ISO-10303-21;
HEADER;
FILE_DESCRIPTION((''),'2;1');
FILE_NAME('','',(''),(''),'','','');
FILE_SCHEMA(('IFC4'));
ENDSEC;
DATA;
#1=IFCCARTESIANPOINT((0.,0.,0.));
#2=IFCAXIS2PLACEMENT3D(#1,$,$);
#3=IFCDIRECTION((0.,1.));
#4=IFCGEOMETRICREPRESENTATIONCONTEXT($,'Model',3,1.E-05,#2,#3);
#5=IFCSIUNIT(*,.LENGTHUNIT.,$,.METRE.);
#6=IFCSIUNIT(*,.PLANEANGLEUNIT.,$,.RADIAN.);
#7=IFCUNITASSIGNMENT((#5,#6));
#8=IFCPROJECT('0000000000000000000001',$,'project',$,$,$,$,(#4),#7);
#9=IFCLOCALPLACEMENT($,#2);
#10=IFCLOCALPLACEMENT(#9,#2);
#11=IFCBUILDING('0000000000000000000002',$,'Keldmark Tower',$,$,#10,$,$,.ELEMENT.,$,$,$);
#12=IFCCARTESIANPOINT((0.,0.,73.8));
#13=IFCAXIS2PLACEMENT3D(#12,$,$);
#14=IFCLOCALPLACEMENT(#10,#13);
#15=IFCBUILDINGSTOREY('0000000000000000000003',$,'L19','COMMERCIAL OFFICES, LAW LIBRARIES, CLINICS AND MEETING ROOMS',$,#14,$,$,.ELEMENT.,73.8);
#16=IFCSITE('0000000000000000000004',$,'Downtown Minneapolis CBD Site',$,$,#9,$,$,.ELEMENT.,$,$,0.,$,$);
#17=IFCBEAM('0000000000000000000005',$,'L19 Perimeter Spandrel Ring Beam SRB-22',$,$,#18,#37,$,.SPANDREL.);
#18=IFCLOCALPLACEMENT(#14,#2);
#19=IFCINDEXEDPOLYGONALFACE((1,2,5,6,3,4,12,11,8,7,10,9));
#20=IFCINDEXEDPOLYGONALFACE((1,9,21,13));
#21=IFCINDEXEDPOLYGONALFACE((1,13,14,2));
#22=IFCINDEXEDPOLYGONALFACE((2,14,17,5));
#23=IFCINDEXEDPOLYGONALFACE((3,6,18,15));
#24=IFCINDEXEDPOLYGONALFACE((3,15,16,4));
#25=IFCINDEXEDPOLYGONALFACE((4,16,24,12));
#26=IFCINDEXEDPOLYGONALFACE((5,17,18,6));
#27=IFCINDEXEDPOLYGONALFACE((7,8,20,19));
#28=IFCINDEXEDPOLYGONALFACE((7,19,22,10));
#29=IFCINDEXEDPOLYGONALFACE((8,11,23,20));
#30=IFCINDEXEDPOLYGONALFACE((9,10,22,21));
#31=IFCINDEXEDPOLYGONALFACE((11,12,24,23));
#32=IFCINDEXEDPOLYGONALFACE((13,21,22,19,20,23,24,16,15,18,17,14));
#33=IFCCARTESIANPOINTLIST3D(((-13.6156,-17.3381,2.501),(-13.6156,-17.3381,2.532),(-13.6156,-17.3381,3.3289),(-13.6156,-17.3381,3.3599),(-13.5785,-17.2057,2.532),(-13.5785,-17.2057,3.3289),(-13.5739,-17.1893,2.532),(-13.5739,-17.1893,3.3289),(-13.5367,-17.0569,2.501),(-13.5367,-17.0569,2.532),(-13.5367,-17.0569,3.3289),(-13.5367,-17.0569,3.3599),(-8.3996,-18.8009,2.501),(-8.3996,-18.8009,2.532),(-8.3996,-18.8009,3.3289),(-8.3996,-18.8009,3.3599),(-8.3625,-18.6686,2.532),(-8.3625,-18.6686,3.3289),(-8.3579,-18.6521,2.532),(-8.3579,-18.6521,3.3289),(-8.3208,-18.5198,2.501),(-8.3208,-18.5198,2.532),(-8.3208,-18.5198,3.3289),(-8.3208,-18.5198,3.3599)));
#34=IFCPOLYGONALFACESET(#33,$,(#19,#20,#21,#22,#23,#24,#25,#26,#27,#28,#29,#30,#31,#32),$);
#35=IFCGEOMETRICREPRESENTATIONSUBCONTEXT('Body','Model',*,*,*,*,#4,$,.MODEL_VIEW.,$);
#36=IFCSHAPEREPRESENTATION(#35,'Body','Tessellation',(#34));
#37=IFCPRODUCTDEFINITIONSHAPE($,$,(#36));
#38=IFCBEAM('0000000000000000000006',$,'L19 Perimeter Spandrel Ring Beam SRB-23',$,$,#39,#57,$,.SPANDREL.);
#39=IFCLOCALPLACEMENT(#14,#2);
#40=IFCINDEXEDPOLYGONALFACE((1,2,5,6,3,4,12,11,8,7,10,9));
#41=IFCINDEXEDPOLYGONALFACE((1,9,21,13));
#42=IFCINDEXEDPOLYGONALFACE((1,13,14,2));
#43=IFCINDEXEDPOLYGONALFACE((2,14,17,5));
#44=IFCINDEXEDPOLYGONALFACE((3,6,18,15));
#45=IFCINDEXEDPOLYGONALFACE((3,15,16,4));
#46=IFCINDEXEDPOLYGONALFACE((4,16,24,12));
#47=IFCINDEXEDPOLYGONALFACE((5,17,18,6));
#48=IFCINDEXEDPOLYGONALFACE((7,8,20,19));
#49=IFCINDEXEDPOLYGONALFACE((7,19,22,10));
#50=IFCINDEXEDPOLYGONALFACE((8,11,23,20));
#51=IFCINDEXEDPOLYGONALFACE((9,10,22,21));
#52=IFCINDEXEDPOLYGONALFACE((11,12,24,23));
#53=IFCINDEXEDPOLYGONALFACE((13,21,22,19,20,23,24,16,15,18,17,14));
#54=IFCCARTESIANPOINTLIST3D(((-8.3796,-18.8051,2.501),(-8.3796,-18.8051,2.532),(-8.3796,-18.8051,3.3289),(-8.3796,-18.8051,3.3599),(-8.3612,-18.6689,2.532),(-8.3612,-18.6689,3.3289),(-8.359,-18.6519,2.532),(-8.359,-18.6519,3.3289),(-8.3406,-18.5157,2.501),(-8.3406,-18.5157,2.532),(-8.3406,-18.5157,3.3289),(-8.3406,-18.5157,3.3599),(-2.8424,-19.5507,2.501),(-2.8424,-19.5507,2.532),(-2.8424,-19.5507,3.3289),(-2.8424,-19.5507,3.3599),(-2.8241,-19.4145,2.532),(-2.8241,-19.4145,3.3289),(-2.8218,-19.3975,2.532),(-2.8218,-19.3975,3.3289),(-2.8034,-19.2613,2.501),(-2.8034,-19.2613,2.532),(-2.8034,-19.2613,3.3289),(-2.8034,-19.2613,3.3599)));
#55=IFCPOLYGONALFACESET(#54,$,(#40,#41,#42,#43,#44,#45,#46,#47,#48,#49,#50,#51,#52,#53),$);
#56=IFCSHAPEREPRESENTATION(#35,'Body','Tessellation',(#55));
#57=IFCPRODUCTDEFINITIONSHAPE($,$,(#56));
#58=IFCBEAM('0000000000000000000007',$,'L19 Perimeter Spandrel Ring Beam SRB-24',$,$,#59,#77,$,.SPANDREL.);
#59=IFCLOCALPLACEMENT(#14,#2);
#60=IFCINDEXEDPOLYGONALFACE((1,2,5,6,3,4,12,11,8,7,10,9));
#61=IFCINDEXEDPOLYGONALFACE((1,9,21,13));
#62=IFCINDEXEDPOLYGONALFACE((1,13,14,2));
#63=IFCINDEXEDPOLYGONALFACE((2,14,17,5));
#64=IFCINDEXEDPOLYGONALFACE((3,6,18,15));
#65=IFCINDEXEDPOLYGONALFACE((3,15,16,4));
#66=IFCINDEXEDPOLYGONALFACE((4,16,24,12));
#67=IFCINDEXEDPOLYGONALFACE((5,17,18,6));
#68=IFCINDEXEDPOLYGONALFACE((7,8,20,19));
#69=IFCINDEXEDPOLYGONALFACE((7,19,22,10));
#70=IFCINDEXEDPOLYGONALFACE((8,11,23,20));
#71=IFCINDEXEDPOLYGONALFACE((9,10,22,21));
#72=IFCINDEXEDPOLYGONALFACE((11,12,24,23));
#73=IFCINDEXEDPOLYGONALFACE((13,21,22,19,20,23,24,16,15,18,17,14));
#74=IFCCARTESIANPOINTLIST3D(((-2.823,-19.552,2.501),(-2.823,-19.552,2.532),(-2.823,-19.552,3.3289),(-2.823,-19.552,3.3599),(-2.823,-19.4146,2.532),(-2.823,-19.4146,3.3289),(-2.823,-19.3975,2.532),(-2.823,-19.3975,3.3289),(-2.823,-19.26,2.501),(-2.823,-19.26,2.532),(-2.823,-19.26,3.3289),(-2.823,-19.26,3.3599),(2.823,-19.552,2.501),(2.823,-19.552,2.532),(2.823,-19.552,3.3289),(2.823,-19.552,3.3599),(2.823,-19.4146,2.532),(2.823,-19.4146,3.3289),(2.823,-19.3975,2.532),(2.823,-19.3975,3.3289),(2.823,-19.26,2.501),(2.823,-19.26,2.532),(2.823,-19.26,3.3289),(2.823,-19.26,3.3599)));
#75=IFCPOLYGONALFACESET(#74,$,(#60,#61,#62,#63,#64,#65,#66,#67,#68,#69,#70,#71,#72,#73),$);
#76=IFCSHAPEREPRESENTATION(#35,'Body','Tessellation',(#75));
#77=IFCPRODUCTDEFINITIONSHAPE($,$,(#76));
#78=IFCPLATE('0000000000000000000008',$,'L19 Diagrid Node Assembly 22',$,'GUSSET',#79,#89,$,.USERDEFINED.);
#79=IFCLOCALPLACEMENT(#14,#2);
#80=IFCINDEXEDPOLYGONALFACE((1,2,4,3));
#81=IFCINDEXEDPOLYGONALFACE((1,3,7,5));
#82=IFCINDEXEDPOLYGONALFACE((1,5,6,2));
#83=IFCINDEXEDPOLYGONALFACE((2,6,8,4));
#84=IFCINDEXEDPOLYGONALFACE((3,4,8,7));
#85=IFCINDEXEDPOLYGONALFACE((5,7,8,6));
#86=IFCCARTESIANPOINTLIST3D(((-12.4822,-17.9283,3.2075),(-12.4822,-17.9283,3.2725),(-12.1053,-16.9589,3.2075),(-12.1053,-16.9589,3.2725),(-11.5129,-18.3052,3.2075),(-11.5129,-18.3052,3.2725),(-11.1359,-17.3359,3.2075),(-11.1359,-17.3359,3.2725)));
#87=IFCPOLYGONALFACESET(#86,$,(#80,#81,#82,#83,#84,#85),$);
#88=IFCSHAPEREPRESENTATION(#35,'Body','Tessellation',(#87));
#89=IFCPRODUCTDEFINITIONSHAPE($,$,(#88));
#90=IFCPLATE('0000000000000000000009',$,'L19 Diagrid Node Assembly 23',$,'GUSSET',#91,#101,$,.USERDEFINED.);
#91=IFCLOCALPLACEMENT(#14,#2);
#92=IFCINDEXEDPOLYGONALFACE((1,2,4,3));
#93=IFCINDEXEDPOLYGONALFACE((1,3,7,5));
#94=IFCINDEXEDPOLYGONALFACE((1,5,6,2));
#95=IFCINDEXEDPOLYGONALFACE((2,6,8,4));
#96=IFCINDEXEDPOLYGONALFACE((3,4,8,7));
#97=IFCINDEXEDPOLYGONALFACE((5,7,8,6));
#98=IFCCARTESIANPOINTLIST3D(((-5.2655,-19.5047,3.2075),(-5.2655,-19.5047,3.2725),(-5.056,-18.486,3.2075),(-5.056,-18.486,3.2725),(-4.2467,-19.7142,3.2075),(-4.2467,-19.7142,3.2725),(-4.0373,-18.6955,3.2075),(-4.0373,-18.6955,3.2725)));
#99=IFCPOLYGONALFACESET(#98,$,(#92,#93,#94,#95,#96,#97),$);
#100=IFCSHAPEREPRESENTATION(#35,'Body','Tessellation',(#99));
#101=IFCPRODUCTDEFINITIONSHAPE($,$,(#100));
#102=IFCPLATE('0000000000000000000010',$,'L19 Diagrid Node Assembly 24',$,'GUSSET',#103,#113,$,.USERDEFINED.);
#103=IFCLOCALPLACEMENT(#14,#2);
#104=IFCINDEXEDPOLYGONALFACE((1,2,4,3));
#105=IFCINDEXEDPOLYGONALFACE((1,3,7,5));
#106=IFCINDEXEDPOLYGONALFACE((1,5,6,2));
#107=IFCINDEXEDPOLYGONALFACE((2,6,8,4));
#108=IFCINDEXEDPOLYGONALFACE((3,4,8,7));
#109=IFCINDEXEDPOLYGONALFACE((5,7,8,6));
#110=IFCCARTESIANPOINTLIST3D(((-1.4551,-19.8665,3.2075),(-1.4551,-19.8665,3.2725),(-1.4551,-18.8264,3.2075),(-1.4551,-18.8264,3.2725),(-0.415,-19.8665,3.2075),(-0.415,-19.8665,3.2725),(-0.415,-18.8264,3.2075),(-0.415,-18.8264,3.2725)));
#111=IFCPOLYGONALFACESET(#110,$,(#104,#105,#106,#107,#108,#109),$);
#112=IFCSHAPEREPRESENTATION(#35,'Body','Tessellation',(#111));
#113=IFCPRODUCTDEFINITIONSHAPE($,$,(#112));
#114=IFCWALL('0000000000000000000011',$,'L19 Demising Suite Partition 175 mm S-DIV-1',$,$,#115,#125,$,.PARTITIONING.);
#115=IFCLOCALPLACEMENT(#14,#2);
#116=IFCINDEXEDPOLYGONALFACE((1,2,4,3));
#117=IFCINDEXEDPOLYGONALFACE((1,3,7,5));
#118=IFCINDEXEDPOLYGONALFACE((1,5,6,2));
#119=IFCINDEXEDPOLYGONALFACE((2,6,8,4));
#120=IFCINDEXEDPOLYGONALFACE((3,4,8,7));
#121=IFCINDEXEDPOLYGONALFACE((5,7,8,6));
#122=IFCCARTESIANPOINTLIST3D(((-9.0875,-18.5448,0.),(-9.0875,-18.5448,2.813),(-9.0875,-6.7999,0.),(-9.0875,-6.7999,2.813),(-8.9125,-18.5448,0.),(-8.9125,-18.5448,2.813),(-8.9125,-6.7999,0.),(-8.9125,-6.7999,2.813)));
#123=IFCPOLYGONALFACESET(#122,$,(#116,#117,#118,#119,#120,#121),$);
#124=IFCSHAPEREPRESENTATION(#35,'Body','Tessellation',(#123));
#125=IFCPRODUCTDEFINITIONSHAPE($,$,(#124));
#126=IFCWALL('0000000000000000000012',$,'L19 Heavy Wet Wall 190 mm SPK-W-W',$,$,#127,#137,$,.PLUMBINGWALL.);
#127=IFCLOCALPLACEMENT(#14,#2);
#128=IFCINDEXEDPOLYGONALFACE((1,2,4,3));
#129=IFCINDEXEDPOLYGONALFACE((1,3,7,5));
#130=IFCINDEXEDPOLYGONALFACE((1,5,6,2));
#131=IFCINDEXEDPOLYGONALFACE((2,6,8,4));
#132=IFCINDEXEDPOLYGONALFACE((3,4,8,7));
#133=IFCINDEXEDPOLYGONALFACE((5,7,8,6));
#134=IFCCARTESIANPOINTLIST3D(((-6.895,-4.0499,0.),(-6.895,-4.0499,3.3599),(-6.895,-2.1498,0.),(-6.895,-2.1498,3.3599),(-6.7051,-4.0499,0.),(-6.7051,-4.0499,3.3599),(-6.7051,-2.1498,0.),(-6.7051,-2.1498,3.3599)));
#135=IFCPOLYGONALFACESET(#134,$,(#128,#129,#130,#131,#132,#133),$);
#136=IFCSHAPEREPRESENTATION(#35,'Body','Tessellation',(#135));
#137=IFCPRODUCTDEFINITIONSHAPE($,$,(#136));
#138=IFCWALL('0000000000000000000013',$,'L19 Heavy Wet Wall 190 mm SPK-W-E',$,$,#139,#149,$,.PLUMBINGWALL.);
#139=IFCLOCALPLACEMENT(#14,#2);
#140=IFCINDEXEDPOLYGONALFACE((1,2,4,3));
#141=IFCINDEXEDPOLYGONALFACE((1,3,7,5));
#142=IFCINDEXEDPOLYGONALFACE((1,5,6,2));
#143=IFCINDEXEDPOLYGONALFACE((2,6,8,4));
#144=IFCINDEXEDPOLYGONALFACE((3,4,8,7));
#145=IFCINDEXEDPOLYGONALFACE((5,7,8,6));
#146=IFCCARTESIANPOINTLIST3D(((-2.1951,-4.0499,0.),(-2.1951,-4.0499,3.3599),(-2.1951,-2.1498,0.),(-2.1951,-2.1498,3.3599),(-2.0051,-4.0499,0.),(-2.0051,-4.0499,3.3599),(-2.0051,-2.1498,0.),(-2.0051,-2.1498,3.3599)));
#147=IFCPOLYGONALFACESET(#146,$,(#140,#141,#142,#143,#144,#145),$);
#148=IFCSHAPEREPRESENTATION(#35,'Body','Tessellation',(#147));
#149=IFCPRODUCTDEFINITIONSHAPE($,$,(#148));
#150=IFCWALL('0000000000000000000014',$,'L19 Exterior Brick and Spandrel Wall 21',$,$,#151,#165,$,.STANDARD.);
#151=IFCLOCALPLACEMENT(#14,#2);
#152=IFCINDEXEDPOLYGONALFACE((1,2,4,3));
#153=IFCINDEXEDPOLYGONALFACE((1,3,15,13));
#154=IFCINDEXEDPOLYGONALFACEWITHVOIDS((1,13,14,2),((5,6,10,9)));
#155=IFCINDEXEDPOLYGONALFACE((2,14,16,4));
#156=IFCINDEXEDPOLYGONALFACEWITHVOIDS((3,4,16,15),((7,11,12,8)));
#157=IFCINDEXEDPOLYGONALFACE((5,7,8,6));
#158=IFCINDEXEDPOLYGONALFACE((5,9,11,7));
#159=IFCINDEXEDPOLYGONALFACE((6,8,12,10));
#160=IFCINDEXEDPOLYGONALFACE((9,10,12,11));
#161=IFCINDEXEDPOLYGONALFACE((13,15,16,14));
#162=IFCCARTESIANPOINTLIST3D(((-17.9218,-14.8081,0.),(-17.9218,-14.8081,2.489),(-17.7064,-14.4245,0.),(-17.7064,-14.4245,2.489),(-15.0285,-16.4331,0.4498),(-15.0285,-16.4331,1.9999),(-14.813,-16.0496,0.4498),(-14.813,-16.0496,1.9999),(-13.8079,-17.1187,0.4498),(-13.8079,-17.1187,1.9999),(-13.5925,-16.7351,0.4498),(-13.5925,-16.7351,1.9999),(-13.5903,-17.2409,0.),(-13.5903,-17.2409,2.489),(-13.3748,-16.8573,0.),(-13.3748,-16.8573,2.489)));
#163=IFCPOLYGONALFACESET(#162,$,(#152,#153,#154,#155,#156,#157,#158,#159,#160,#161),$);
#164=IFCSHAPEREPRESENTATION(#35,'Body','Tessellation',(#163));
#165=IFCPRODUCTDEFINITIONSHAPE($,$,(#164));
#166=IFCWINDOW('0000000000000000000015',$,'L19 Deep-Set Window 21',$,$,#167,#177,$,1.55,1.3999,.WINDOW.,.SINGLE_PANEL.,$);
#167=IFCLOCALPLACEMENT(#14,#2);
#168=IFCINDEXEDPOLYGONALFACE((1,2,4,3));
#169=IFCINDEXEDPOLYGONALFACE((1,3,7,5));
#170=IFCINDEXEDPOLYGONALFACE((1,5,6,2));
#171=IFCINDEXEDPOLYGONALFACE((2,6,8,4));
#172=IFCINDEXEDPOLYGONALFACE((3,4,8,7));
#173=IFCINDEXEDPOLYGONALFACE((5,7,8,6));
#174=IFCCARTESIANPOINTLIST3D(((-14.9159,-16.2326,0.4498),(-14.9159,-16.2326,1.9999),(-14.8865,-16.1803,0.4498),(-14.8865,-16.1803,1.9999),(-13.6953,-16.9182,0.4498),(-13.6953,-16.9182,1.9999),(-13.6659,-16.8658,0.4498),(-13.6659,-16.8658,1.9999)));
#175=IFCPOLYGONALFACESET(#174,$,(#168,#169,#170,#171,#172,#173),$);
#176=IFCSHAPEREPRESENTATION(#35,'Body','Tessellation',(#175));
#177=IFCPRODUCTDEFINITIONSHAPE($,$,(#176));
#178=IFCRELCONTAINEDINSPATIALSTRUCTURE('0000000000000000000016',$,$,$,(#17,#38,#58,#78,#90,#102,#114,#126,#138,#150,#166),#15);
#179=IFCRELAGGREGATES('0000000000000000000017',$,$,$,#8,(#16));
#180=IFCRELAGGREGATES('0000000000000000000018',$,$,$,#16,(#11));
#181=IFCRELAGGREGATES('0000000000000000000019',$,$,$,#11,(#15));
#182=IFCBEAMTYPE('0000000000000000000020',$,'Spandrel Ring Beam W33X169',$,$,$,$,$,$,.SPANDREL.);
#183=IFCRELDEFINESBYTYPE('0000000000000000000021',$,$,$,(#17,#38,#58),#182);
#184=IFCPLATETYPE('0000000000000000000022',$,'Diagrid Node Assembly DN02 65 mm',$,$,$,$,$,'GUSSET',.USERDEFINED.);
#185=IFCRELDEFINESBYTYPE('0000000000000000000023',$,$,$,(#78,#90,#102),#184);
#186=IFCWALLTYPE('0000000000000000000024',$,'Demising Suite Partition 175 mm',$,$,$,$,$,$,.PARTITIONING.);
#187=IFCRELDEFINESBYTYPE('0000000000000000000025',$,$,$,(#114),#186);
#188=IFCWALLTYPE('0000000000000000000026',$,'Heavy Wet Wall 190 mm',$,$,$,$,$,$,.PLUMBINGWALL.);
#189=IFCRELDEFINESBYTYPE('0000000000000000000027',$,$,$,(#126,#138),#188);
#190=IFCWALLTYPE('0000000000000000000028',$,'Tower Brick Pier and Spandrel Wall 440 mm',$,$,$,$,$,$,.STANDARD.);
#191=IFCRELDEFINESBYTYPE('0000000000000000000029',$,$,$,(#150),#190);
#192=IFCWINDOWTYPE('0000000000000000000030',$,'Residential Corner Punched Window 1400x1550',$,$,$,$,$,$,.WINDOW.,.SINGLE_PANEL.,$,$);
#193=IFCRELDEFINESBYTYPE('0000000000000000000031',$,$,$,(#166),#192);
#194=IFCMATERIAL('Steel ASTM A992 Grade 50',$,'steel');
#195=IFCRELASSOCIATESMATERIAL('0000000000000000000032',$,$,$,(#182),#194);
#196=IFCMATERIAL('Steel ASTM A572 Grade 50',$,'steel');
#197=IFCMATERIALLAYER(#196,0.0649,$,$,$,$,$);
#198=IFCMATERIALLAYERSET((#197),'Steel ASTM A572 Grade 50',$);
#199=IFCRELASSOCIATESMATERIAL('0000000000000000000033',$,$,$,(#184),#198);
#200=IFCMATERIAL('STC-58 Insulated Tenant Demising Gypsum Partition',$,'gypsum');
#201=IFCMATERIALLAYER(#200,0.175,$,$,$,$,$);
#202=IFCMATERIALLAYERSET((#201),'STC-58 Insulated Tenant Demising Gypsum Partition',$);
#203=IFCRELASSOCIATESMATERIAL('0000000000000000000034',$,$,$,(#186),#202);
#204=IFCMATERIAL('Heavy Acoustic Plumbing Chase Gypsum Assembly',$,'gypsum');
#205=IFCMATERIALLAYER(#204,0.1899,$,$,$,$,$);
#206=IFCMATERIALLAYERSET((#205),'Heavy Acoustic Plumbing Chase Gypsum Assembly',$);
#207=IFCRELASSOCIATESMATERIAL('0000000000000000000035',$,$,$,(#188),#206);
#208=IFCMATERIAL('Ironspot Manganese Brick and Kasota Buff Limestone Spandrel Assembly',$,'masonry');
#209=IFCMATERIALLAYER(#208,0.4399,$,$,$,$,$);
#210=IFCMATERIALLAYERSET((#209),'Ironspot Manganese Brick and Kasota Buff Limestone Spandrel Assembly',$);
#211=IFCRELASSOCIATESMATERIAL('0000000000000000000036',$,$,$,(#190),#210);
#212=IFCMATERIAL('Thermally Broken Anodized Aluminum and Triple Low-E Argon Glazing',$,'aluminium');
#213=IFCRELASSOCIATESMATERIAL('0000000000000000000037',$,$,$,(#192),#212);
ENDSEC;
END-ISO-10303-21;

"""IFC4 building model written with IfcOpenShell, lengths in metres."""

from ifc_helpers import new_model, si_unit, direction, frame, frame_2d, origin, origin_2d, place, context, subcontext, project, spatial, rectangle, i_section, extrude, material, layer, layer_set, material_profile, profile_set, type_object, element, fill, save


model = new_model("IFC4")

# Units and contexts
model_context = context("Model", 3, precision=1e-05, world=origin(), true_north=direction((0.0, 1.0)))
body_context = subcontext(model_context, "Body", "Model", "MODEL_VIEW")
ifc_project = project(units=[si_unit("LENGTHUNIT", "METRE"), si_unit("PLANEANGLEUNIT", "RADIAN")], contexts=[model_context])

# Site, building, storey
site_placement = place(None, origin())
site = spatial("IfcSite", under=ifc_project, at=site_placement, Name="Downtown Minneapolis CBD Site", CompositionType="ELEMENT", RefElevation=0.0)
building_placement = place(site_placement, origin())
building = spatial("IfcBuilding", under=site, at=building_placement, Name="Keldmark Tower", CompositionType="ELEMENT")
storey_placement = place(building_placement, frame((0.0, 0.0, 73.8)))
storey = spatial("IfcBuildingStorey", under=building, at=storey_placement, Name="L19", Description="COMMERCIAL OFFICES, LAW LIBRARIES, CLINICS AND MEETING ROOMS", CompositionType="ELEMENT", Elevation=73.8)

# Beams
ifc_material_1 = material(Name="Steel ASTM A992 Grade 50", Category="steel")
ifc_material_profile_1 = material_profile(ifc_material_1, i_section(OverallWidth=0.292, OverallDepth=0.8589, WebThickness=0.0171, FlangeThickness=0.031, at=origin_2d()), Name="W33X169")
ifc_profile_set_1 = profile_set([ifc_material_profile_1], Name="Steel ASTM A992 Grade 50")
beam_type_1 = type_object("IfcBeamType", Name="Spandrel Ring Beam W33X169", PredefinedType="SPANDREL", material=ifc_profile_set_1)
beam_1_placement = place(storey_placement, frame((-13.5762, -17.1975, 2.9304), z_axis=(0.962849, -0.270039, 0.0), x_axis=(0.270039, 0.962849, 0.0)))
element("IfcBeam", 1, at=beam_1_placement, inside=storey, type_object=beam_type_1, Name="L19 Perimeter Spandrel Ring Beam SRB-22", PredefinedType="SPANDREL", context=body_context, shape_type="SweptSolid", body=[
    extrude(i_section(OverallWidth=0.292, OverallDepth=0.8589, WebThickness=0.0171, FlangeThickness=0.031, at=origin_2d()), origin(), (0.0, 0.0, 1.0), 5.4172),
])
beam_2_placement = place(storey_placement, frame((-8.3601, -18.6604, 2.9304), z_axis=(0.991055, -0.133452, 0.0), x_axis=(0.133452, 0.991055, 0.0)))
element("IfcBeam", 2, at=beam_2_placement, inside=storey, type_object=beam_type_1, Name="L19 Perimeter Spandrel Ring Beam SRB-23", PredefinedType="SPANDREL", context=body_context, shape_type="SweptSolid", body=[
    extrude(i_section(OverallWidth=0.292, OverallDepth=0.8589, WebThickness=0.0171, FlangeThickness=0.031, at=origin_2d()), origin(), (0.0, 0.0, 1.0), 5.5872),
])
beam_3_placement = place(storey_placement, frame((-2.823, -19.406, 2.9304), z_axis=(1.0, 0.0, 0.0), x_axis=(0.0, 1.0, 0.0)))
element("IfcBeam", 3, at=beam_3_placement, inside=storey, type_object=beam_type_1, Name="L19 Perimeter Spandrel Ring Beam SRB-24", PredefinedType="SPANDREL", context=body_context, shape_type="SweptSolid", body=[
    extrude(i_section(OverallWidth=0.292, OverallDepth=0.8589, WebThickness=0.0171, FlangeThickness=0.031, at=origin_2d()), origin(), (0.0, 0.0, 1.0), 5.646),
])

# Plates
ifc_material_2 = material(Name="Steel ASTM A572 Grade 50", Category="steel")
ifc_layer_1 = layer(ifc_material_2, 0.0649)
ifc_layer_set_1 = layer_set([ifc_layer_1], Name="Steel ASTM A572 Grade 50")
plate_type = type_object("IfcPlateType", Name="Diagrid Node Assembly DN02 65 mm", ElementType="GUSSET", PredefinedType="USERDEFINED", material=ifc_layer_set_1)
for number, where, z_axis, x_axis, name in (
    (4, (-11.8091, -17.6321, 3.2075), (0.0, 0.0, 1.0), (0.932008, -0.362438, 0.0), "L19 Diagrid Node Assembly 22"),
    (5, (-4.6514, -19.1001, 3.2075), (0.0, 0.0, 1.0), (0.979505, -0.20142, 0.0), "L19 Diagrid Node Assembly 23"),
    (6, (-0.9351, -19.3464, 3.2075), (0.0, 0.0, 1.0), (1.0, 0.0, 0.0), "L19 Diagrid Node Assembly 24"),
):
    element("IfcPlate", number, at=place(storey_placement, frame(where, z_axis=z_axis, x_axis=x_axis)), inside=storey, type_object=plate_type, Name=name, ObjectType="GUSSET", PredefinedType="USERDEFINED", context=body_context, shape_type="SweptSolid", body=[
        extrude(rectangle(XDim=1.04, YDim=1.04, at=origin_2d()), origin(), (0.0, 0.0, 1.0), 0.0649),
    ])

# Wall
ifc_material_3 = material(Name="STC-58 Insulated Tenant Demising Gypsum Partition", Category="gypsum")
ifc_layer_2 = layer(ifc_material_3, 0.175)
ifc_layer_set_2 = layer_set([ifc_layer_2], Name="STC-58 Insulated Tenant Demising Gypsum Partition")
wall_type_1 = type_object("IfcWallType", Name="Demising Suite Partition 175 mm", PredefinedType="PARTITIONING", material=ifc_layer_set_2)
wall_1_placement = place(storey_placement, frame((-9.0, -18.5449, 0.0), z_axis=(0.0, 0.0, 1.0), x_axis=(0.0, 1.0, 0.0)))
element("IfcWall", 7, at=wall_1_placement, inside=storey, type_object=wall_type_1, Name="L19 Demising Suite Partition 175 mm S-DIV-1", PredefinedType="PARTITIONING", context=body_context, shape_type="SweptSolid", body=[
    extrude(rectangle(XDim=11.7449, YDim=0.175, at=frame_2d((5.8726, 0.0))), origin(), (0.0, 0.0, 1.0), 2.813),
])

# Shared definitions
ifc_material_4 = material(Name="Heavy Acoustic Plumbing Chase Gypsum Assembly", Category="gypsum")
ifc_layer_3 = layer(ifc_material_4, 0.1899)
ifc_layer_set_3 = layer_set([ifc_layer_3], Name="Heavy Acoustic Plumbing Chase Gypsum Assembly")
wall_type_2 = type_object("IfcWallType", Name="Heavy Wet Wall 190 mm", PredefinedType="PLUMBINGWALL", material=ifc_layer_set_3)

# Walls
for number, where, z_axis, x_axis, name in (
    (8, (-6.8, -4.05, 0.0), (0.0, 0.0, 1.0), (0.0, 1.0, 0.0), "L19 Heavy Wet Wall 190 mm SPK-W-W"),
    (9, (-2.1001, -4.05, 0.0), (0.0, 0.0, 1.0), (0.0, 1.0, 0.0), "L19 Heavy Wet Wall 190 mm SPK-W-E"),
):
    element("IfcWall", number, at=place(storey_placement, frame(where, z_axis=z_axis, x_axis=x_axis)), inside=storey, type_object=wall_type_2, Name=name, PredefinedType="PLUMBINGWALL", context=body_context, shape_type="SweptSolid", body=[
        extrude(rectangle(XDim=1.9001, YDim=0.1899, at=frame_2d((0.9502, 0.0))), origin(), (0.0, 0.0, 1.0), 3.3599),
    ])

# Wall, opening, window
ifc_material_5 = material(Name="Ironspot Manganese Brick and Kasota Buff Limestone Spandrel Assembly", Category="masonry")
ifc_layer_4 = layer(ifc_material_5, 0.4399)
ifc_layer_set_4 = layer_set([ifc_layer_4], Name="Ironspot Manganese Brick and Kasota Buff Limestone Spandrel Assembly")
wall_type_3 = type_object("IfcWallType", Name="Tower Brick Pier and Spandrel Wall 440 mm", PredefinedType="STANDARD", material=ifc_layer_set_4)
wall_2_placement = place(storey_placement, frame((-13.4827, -17.0491, 0.0), z_axis=(0.0, 0.0, 1.0), x_axis=(-0.871888, 0.489706, 0.0)))
wall_2 = element("IfcWall", 10, at=wall_2_placement, inside=storey, type_object=wall_type_3, Name="L19 Exterior Brick and Spandrel Wall 21", PredefinedType="STANDARD", context=body_context, shape_type="SweptSolid", body=[
    extrude(rectangle(XDim=4.968, YDim=0.4399, at=frame_2d((2.4839, 0.0))), origin(), (0.0, 0.0, 1.0), 2.489),
])
opening_1_placement = place(wall_2_placement, frame((0.2495, 0.0, 0.45)))
opening_1 = element("IfcOpeningElement", 11, at=opening_1_placement, cuts=wall_2, PredefinedType="OPENING", context=body_context, shape_type="SweptSolid", body=[
    extrude(rectangle(XDim=1.3999, YDim=1.55, at=frame_2d((0.7, 0.7749))), frame((0.0, 0.23, 0.0), z_axis=(0.0, -1.0, 0.0), x_axis=(1.0, 0.0, 0.0)), (0.0, 0.0, 1.0), 0.46),
])
ifc_material_6 = material(Name="Thermally Broken Anodized Aluminum and Triple Low-E Argon Glazing", Category="aluminium")
window_type_1 = type_object("IfcWindowType", Name="Residential Corner Punched Window 1400x1550", PartitioningType="SINGLE_PANEL", PredefinedType="WINDOW", material=ifc_material_6)
window_1_placement = place(opening_1_placement, origin())
window_1 = element("IfcWindow", 12, at=window_1_placement, inside=storey, type_object=window_type_1, Name="L19 Deep-Set Window 21", OverallHeight=1.55, OverallWidth=1.3999, PartitioningType="SINGLE_PANEL", PredefinedType="WINDOW", context=body_context, shape_type="SweptSolid", body=[
    extrude(rectangle(XDim=1.3999, YDim=1.55, at=frame_2d((0.7, 0.7749))), frame((0.0, -0.01, 0.0), z_axis=(0.0, -1.0, 0.0), x_axis=(1.0, 0.0, 0.0)), (0.0, 0.0, 1.0), 0.0601),
])
fill(opening_1, window_1)

save(model, "model.ifc")
